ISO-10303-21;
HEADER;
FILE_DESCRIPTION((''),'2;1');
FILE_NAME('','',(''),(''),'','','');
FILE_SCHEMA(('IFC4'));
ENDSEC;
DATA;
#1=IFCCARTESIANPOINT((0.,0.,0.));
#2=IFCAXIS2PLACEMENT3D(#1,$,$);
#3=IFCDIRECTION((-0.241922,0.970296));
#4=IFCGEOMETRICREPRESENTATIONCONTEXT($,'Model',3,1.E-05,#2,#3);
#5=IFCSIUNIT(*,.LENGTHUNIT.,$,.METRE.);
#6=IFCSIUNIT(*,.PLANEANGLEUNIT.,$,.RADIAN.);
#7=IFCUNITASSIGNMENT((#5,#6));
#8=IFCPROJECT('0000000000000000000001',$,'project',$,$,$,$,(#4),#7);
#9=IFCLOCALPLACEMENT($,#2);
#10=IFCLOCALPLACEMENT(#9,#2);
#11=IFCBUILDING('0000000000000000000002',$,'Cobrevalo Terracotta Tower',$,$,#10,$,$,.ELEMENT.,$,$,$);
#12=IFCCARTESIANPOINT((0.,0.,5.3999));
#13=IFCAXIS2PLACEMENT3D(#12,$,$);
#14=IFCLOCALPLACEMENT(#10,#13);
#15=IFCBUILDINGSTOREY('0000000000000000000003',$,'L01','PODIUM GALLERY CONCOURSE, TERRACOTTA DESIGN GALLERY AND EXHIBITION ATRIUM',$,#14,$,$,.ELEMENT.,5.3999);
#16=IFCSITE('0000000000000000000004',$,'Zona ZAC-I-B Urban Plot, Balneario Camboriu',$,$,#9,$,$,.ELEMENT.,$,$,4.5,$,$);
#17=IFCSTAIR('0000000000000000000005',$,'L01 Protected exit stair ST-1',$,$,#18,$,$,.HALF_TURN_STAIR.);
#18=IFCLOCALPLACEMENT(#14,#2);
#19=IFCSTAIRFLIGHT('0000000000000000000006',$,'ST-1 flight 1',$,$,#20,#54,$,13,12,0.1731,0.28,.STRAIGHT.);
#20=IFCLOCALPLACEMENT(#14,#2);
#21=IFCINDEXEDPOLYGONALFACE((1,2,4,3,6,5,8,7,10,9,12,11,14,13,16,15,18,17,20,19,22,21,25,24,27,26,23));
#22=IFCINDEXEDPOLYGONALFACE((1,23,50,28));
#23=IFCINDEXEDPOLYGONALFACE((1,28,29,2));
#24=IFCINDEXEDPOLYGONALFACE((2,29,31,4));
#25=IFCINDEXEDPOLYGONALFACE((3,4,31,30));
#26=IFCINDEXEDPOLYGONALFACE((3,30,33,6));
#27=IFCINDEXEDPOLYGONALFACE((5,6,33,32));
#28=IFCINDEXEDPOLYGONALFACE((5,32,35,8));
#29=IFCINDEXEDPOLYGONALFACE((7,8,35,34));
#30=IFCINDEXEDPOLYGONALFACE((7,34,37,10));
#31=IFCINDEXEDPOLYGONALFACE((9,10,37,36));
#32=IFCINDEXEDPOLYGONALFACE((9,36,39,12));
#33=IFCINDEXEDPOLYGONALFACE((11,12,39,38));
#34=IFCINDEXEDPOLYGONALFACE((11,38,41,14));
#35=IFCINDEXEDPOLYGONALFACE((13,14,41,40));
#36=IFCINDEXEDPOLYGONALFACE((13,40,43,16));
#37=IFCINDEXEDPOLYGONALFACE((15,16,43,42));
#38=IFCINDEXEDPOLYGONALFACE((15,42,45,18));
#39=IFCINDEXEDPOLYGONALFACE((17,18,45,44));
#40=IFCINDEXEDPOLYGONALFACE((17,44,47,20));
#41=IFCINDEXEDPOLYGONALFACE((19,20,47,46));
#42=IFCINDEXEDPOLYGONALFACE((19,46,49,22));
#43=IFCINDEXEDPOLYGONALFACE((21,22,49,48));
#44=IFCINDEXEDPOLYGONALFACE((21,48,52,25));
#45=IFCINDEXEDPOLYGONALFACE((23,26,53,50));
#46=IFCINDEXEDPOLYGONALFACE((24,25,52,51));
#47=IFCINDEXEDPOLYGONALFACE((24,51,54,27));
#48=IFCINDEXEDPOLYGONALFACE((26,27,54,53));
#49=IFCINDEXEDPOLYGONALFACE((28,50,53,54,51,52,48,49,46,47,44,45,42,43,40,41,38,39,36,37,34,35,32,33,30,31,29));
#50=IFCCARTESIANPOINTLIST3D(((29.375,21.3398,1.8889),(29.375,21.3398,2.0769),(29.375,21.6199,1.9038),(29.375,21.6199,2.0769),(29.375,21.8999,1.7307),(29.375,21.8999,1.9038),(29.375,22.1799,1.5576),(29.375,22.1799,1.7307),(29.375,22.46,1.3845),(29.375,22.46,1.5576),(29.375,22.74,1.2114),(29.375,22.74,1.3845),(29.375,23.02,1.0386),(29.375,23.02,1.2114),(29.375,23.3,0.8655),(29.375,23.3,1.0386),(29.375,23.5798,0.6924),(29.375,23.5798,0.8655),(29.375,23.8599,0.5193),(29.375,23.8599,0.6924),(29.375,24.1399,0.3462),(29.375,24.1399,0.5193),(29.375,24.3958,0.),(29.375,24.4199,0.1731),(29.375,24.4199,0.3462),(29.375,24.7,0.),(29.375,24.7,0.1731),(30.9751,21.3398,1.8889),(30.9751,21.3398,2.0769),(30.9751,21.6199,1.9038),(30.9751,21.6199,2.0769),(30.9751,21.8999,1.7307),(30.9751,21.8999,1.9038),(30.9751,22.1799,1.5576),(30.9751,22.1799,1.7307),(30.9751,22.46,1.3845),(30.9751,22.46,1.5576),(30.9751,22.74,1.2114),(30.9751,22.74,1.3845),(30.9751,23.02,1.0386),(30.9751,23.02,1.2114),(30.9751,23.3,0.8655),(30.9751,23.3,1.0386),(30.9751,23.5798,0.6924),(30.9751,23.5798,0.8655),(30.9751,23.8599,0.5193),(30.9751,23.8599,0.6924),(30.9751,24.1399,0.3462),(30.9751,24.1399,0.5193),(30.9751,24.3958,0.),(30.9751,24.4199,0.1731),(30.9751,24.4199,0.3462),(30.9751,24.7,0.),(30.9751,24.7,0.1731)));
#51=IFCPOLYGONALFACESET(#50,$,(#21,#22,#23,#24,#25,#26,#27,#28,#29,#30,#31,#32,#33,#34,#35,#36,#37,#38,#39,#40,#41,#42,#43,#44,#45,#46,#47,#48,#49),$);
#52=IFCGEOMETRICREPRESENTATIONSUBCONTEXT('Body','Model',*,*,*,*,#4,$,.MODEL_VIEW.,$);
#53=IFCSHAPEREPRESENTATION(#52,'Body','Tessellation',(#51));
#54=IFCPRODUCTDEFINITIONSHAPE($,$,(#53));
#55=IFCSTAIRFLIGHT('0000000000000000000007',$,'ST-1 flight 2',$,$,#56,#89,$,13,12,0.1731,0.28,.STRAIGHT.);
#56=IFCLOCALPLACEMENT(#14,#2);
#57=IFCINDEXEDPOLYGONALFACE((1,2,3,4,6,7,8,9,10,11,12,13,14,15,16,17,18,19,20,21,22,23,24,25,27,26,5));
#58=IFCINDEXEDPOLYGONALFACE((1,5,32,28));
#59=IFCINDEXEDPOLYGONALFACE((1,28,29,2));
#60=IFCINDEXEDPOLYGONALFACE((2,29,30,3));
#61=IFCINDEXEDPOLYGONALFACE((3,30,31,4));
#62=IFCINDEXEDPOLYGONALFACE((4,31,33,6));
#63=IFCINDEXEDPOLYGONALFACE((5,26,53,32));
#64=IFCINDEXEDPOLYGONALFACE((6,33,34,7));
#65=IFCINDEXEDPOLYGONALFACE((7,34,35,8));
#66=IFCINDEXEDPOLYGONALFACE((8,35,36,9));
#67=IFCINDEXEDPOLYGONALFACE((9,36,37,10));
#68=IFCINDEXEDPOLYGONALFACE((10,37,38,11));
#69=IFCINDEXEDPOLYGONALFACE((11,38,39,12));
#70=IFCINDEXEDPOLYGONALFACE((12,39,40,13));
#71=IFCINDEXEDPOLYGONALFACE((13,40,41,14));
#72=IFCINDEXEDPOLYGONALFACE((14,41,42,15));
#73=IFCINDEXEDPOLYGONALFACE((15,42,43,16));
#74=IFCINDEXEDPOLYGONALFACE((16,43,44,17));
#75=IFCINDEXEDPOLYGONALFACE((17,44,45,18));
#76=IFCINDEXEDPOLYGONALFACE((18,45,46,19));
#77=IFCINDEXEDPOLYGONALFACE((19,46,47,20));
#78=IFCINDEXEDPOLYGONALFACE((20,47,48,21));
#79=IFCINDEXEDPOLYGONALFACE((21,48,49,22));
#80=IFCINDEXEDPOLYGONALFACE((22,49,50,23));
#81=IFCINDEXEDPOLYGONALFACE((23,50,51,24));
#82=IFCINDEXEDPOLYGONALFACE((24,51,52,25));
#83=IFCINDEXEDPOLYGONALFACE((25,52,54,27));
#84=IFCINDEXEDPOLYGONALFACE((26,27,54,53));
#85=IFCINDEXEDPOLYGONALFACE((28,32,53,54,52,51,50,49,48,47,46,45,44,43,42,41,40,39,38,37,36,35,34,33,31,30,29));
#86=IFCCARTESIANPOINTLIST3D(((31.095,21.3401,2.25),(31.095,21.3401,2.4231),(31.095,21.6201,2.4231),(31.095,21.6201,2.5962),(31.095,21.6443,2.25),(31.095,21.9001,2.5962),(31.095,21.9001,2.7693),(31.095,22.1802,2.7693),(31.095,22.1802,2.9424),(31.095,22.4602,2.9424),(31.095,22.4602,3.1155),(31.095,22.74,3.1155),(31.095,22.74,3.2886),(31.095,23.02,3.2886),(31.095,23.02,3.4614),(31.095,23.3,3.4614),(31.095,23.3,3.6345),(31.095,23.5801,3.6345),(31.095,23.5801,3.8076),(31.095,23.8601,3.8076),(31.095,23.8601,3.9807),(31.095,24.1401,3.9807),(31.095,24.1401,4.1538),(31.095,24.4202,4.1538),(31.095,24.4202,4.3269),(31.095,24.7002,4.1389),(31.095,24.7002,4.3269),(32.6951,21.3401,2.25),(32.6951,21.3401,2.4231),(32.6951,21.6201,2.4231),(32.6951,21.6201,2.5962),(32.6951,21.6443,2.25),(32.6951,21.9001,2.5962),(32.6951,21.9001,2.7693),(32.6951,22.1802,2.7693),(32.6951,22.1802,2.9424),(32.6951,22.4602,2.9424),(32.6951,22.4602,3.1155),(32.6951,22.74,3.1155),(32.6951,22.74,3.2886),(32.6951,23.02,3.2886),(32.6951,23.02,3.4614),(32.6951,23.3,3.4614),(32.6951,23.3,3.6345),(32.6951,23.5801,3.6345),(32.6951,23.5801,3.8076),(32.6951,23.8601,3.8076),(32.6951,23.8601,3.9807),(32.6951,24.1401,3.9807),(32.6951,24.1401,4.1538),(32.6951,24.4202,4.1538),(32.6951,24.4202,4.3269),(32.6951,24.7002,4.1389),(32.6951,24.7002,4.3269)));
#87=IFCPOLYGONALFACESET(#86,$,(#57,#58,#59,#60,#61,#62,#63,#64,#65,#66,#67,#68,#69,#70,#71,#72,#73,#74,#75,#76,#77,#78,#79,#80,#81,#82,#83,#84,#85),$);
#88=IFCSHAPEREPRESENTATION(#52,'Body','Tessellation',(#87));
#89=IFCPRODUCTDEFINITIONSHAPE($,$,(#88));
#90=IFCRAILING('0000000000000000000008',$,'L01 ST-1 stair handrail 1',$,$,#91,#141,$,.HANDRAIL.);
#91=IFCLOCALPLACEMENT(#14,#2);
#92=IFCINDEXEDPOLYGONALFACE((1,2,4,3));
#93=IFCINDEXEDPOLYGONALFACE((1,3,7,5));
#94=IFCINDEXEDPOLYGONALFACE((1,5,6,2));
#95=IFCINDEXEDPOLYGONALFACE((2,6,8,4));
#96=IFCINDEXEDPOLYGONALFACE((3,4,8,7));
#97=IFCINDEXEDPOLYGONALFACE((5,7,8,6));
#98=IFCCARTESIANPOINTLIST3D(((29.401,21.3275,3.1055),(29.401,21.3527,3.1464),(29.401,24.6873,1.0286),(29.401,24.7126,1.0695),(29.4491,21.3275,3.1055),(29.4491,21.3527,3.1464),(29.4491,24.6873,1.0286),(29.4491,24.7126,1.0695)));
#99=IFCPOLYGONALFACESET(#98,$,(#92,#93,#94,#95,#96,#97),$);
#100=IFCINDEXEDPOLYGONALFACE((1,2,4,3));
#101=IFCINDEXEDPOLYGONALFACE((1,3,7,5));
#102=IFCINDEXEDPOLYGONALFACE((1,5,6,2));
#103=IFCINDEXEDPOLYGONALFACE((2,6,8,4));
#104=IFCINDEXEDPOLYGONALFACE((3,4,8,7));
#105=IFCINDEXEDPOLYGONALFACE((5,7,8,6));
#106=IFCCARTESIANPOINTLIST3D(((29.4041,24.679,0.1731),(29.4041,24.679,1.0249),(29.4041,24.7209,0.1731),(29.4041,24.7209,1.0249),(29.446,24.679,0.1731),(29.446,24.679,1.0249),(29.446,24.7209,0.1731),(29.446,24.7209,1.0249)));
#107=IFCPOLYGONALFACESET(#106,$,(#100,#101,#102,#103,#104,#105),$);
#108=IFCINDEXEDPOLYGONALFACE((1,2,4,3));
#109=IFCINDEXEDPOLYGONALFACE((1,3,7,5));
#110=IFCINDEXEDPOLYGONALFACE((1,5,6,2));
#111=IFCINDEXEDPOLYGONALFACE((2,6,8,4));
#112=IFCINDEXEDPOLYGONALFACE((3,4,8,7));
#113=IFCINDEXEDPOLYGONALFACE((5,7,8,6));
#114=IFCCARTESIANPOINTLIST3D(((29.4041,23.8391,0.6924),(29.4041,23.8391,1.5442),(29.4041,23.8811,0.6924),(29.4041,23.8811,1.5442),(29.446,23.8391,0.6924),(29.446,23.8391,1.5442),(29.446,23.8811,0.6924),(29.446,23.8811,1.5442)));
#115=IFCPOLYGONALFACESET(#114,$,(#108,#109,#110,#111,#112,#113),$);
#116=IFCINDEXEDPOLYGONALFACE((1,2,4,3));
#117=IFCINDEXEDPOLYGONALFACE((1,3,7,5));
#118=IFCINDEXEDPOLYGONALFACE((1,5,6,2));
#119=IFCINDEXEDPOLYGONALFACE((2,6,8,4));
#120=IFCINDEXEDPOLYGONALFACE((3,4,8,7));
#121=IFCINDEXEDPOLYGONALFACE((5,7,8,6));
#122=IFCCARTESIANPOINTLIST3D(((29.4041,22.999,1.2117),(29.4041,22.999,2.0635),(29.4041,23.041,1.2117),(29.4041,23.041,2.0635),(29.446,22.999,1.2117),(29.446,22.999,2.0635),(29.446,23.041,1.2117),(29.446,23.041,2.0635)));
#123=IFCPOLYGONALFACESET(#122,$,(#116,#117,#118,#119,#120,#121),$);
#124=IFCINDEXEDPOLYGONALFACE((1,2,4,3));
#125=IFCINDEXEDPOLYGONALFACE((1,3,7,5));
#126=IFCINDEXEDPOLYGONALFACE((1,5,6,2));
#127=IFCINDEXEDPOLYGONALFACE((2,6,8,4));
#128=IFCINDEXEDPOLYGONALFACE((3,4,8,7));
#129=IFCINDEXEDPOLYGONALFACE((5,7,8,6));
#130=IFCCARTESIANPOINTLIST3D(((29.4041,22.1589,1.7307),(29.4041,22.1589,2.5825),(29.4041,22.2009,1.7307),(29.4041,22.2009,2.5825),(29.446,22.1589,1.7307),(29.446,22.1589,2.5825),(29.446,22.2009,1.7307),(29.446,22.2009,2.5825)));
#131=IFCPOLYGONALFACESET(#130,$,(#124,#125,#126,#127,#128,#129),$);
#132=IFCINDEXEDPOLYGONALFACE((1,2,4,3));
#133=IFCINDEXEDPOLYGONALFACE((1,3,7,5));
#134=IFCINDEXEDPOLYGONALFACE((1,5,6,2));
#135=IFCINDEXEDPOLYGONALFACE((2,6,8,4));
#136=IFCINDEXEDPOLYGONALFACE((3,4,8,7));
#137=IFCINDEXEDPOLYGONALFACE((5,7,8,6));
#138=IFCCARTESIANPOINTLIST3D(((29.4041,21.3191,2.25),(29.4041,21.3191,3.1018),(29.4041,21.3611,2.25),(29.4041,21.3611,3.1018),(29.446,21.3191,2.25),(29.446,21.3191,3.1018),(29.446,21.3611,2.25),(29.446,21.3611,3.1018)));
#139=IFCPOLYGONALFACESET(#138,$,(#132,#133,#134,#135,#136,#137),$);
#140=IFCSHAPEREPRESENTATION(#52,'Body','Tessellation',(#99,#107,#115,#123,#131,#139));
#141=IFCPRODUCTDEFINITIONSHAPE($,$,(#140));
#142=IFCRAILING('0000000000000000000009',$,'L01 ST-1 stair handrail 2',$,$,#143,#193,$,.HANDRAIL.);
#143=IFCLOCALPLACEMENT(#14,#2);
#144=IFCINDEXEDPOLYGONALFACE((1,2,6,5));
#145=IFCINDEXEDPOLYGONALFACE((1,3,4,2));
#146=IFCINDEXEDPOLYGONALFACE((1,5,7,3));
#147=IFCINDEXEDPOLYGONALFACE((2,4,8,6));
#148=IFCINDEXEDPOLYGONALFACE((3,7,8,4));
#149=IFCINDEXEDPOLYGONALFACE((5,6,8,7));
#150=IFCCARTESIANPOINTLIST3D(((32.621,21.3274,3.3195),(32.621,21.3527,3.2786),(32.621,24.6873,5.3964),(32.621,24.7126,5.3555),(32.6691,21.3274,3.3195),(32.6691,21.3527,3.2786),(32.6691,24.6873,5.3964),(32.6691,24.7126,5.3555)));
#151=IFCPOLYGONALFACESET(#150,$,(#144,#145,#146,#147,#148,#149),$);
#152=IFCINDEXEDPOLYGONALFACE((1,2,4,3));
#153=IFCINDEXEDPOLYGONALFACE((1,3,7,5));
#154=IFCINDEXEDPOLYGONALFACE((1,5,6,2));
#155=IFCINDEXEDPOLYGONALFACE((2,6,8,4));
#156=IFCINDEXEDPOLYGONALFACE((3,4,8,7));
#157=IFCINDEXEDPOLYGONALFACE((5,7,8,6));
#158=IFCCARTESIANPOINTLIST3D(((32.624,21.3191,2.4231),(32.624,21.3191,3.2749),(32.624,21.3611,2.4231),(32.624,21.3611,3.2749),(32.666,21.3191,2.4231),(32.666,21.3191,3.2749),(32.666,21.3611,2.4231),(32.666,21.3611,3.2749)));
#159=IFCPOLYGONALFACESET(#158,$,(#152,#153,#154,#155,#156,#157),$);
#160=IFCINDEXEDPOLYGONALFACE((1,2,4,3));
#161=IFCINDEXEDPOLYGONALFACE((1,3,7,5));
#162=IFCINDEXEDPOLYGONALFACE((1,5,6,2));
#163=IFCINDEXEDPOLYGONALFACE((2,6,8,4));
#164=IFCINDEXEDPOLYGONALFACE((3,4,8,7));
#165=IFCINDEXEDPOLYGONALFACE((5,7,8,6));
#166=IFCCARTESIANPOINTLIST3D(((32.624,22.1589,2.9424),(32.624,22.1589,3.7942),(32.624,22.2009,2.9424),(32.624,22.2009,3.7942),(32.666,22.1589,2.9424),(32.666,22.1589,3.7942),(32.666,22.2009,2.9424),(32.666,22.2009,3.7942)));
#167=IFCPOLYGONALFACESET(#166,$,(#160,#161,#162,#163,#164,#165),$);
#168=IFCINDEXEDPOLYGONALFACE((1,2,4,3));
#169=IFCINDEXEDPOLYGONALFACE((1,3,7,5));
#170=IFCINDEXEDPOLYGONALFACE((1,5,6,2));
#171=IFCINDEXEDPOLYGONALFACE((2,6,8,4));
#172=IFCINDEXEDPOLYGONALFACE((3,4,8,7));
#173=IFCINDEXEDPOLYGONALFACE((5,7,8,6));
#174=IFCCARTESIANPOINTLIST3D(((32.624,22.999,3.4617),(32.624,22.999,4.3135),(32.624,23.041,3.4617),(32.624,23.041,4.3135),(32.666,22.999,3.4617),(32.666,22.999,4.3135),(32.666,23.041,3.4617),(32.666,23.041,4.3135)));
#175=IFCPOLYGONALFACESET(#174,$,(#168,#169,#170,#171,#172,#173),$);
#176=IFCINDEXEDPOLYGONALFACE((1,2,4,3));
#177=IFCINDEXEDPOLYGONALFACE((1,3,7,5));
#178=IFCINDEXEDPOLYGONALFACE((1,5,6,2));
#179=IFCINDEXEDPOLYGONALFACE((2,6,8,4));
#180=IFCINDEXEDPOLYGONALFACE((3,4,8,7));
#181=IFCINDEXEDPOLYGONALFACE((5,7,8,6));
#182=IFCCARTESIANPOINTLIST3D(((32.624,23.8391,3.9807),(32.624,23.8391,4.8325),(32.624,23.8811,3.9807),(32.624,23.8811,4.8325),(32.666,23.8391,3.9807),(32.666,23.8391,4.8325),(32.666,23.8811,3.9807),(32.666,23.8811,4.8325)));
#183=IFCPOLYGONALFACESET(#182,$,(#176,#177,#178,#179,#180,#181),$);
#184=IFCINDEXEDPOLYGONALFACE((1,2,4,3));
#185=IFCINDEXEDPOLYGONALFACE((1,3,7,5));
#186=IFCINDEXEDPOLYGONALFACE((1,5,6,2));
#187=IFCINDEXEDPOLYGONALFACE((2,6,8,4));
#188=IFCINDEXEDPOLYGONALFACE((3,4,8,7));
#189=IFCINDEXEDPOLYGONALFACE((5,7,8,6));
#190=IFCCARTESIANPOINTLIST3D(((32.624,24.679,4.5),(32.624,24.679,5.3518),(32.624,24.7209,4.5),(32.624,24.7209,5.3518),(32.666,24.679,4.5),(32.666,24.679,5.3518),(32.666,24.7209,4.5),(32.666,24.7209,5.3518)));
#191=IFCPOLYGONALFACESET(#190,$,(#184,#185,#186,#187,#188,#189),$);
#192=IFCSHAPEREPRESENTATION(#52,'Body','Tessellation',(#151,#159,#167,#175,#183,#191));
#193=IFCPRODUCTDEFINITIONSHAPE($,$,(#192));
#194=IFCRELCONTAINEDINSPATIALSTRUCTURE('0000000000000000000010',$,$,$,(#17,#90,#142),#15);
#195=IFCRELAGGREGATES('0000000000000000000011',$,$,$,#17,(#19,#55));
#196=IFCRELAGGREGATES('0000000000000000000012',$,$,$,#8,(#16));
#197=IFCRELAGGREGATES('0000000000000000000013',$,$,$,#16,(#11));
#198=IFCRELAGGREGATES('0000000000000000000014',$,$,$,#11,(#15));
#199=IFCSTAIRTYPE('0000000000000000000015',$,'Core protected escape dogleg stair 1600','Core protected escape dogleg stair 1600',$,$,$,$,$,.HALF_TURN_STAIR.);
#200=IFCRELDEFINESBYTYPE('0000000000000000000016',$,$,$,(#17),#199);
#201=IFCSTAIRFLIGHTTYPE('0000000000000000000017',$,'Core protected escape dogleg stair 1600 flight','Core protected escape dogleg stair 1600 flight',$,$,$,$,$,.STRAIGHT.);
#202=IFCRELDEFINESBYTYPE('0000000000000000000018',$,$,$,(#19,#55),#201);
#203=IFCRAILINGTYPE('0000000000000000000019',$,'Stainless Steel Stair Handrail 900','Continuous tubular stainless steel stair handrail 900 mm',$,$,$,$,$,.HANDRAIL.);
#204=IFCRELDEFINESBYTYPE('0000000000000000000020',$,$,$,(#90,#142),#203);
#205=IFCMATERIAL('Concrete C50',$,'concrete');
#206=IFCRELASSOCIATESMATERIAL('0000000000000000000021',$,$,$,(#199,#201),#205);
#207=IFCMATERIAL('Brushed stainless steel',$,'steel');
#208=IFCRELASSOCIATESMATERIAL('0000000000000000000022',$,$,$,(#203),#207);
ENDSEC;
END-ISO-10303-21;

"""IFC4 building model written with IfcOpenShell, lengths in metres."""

from ifc_helpers import new_model, si_unit, direction, frame, origin, origin_2d, place, context, subcontext, project, spatial, polyline, rectangle, outline, extrude, material, type_object, element, aggregate, save


model = new_model("IFC4")

# Units and contexts
model_context = context("Model", 3, precision=1e-05, world=origin(), true_north=direction((-0.241922, 0.970296)))
body_context = subcontext(model_context, "Body", "Model", "MODEL_VIEW")
ifc_project = project(units=[si_unit("LENGTHUNIT", "METRE"), si_unit("PLANEANGLEUNIT", "RADIAN")], contexts=[model_context])

# Site, building, storey
site_placement = place(None, origin())
site = spatial("IfcSite", under=ifc_project, at=site_placement, Name="Zona ZAC-I-B Urban Plot, Balneario Camboriu", CompositionType="ELEMENT", RefElevation=4.5)
building_placement = place(site_placement, origin())
building = spatial("IfcBuilding", under=site, at=building_placement, Name="Cobrevalo Terracotta Tower", CompositionType="ELEMENT")
storey_placement = place(building_placement, frame((0.0, 0.0, 5.3999)))
storey = spatial("IfcBuildingStorey", under=building, at=storey_placement, Name="L01", Description="PODIUM GALLERY CONCOURSE, TERRACOTTA DESIGN GALLERY AND EXHIBITION ATRIUM", CompositionType="ELEMENT", Elevation=5.3999)

# Shared definitions
ifc_material_1 = material(Name="Concrete C50", Category="concrete")

# Stair, stair flights
stair_type = type_object("IfcStairType", Name="Core protected escape dogleg stair 1600", Description="Core protected escape dogleg stair 1600", PredefinedType="HALF_TURN_STAIR", material=ifc_material_1)
stair_placement = place(storey_placement, origin())
stair = element("IfcStair", 1, at=stair_placement, inside=storey, type_object=stair_type, Name="L01 Protected exit stair ST-1", PredefinedType="HALF_TURN_STAIR")
stair_flight_type = type_object("IfcStairFlightType", Name="Core protected escape dogleg stair 1600 flight", Description="Core protected escape dogleg stair 1600 flight", PredefinedType="STRAIGHT", material=ifc_material_1)
stair_flight_1_placement = place(storey_placement, frame((30.175, 24.7, 0.0), z_axis=(0.0, 0.0, 1.0), x_axis=(0.0, -1.0, 0.0)))
stair_flight_1 = element("IfcStairFlight", 2, at=stair_flight_1_placement, type_object=stair_flight_type, Name="ST-1 flight 1", NumberOfRisers=13, NumberOfTreads=12, PredefinedType="STRAIGHT", RiserHeight=0.1731, TreadLength=0.28, context=body_context, shape_type="SweptSolid", body=[
    extrude(outline(polyline([(0.0, 0.0), (0.0, 0.1731), (0.28, 0.1731), (0.28, 0.3462), (0.5601, 0.3462), (0.5601, 0.5193), (0.8401, 0.5193), (0.8401, 0.6924), (1.1201, 0.6924), (1.1201, 0.8655), (1.3999, 0.8655), (1.3999, 1.0386), (1.6799, 1.0386), (1.6799, 1.2114), (1.96, 1.2114), (1.96, 1.3845), (2.24, 1.3845), (2.24, 1.5576), (2.52, 1.5576), (2.52, 1.7307), (2.8, 1.7307), (2.8, 1.9038), (3.0801, 1.9038), (3.0801, 2.0769), (3.3601, 2.0769), (3.3601, 2.25), (3.3601, 1.8889), (0.3042, 0.0), (0.0, 0.0)])), frame((0.0, 0.8, 0.0), z_axis=(0.0, -1.0, 0.0), x_axis=(1.0, 0.0, 0.0)), (0.0, 0.0, 1.0), 1.6001),
])
stair_flight_2_placement = place(storey_placement, frame((31.895, 21.3401, 2.25), z_axis=(0.0, 0.0, 1.0), x_axis=(0.0, 1.0, 0.0)))
stair_flight_2 = element("IfcStairFlight", 3, at=stair_flight_2_placement, type_object=stair_flight_type, Name="ST-1 flight 2", NumberOfRisers=13, NumberOfTreads=12, PredefinedType="STRAIGHT", RiserHeight=0.1731, TreadLength=0.28, context=body_context, shape_type="SweptSolid", body=[
    extrude(outline(polyline([(0.0, 0.0), (0.0, 0.1731), (0.28, 0.1731), (0.28, 0.3462), (0.5601, 0.3462), (0.5601, 0.5193), (0.8401, 0.5193), (0.8401, 0.6924), (1.1201, 0.6924), (1.1201, 0.8655), (1.3999, 0.8655), (1.3999, 1.0386), (1.6799, 1.0386), (1.6799, 1.2114), (1.96, 1.2114), (1.96, 1.3845), (2.24, 1.3845), (2.24, 1.5576), (2.52, 1.5576), (2.52, 1.7307), (2.8, 1.7307), (2.8, 1.9038), (3.0801, 1.9038), (3.0801, 2.0769), (3.3601, 2.0769), (3.3601, 2.25), (3.3601, 1.8889), (0.3042, 0.0), (0.0, 0.0)])), frame((0.0, 0.8, 0.0), z_axis=(0.0, -1.0, 0.0), x_axis=(1.0, 0.0, 0.0)), (0.0, 0.0, 1.0), 1.6001),
])
aggregate(stair, [stair_flight_1, stair_flight_2])

# Railings
ifc_material_2 = material(Name="Brushed stainless steel", Category="steel")
railing_type_1 = type_object("IfcRailingType", Name="Stainless Steel Stair Handrail 900", Description="Continuous tubular stainless steel stair handrail 900 mm", PredefinedType="HANDRAIL", material=ifc_material_2)
railing_1_placement = place(storey_placement, frame((29.425, 24.7, 0.1731)))
element("IfcRailing", 4, at=railing_1_placement, inside=storey, type_object=railing_type_1, Name="L01 ST-1 stair handrail 1", PredefinedType="HANDRAIL", context=body_context, shape_type="SweptSolid", body=[
    extrude(rectangle(XDim=0.0481, YDim=0.0481, at=origin_2d()), frame((0.0, 0.0, 0.876), z_axis=(0.0, -0.850606, 0.525803), x_axis=(1.0, 0.0, 0.0)), (0.0, 0.0, 1.0), 3.95),
    extrude(rectangle(XDim=0.042, YDim=0.042, at=origin_2d()), origin(), (0.0, 0.0, 1.0), 0.8518),
    extrude(rectangle(XDim=0.042, YDim=0.042, at=origin_2d()), frame((0.0, -0.8398, 0.5193)), (0.0, 0.0, 1.0), 0.8518),
    extrude(rectangle(XDim=0.042, YDim=0.042, at=origin_2d()), frame((0.0, -1.6799, 1.0386)), (0.0, 0.0, 1.0), 0.8518),
    extrude(rectangle(XDim=0.042, YDim=0.042, at=origin_2d()), frame((0.0, -2.52, 1.5576)), (0.0, 0.0, 1.0), 0.8518),
    extrude(rectangle(XDim=0.042, YDim=0.042, at=origin_2d()), frame((0.0, -3.3599, 2.0769)), (0.0, 0.0, 1.0), 0.8518),
])
railing_2_placement = place(storey_placement, frame((32.645, 21.3401, 2.4231)))
element("IfcRailing", 5, at=railing_2_placement, inside=storey, type_object=railing_type_1, Name="L01 ST-1 stair handrail 2", PredefinedType="HANDRAIL", context=body_context, shape_type="SweptSolid", body=[
    extrude(rectangle(XDim=0.0481, YDim=0.0481, at=origin_2d()), frame((0.0, 0.0, 0.876), z_axis=(0.0, 0.850606, 0.525803), x_axis=(-1.0, 0.0, 0.0)), (0.0, 0.0, 1.0), 3.95),
    extrude(rectangle(XDim=0.042, YDim=0.042, at=origin_2d()), origin(), (0.0, 0.0, 1.0), 0.8518),
    extrude(rectangle(XDim=0.042, YDim=0.042, at=origin_2d()), frame((0.0, 0.8398, 0.5193)), (0.0, 0.0, 1.0), 0.8518),
    extrude(rectangle(XDim=0.042, YDim=0.042, at=origin_2d()), frame((0.0, 1.6799, 1.0386)), (0.0, 0.0, 1.0), 0.8518),
    extrude(rectangle(XDim=0.042, YDim=0.042, at=origin_2d()), frame((0.0, 2.52, 1.5576)), (0.0, 0.0, 1.0), 0.8518),
    extrude(rectangle(XDim=0.042, YDim=0.042, at=origin_2d()), frame((0.0, 3.3599, 2.0769)), (0.0, 0.0, 1.0), 0.8518),
])

save(model, "model.ifc")
